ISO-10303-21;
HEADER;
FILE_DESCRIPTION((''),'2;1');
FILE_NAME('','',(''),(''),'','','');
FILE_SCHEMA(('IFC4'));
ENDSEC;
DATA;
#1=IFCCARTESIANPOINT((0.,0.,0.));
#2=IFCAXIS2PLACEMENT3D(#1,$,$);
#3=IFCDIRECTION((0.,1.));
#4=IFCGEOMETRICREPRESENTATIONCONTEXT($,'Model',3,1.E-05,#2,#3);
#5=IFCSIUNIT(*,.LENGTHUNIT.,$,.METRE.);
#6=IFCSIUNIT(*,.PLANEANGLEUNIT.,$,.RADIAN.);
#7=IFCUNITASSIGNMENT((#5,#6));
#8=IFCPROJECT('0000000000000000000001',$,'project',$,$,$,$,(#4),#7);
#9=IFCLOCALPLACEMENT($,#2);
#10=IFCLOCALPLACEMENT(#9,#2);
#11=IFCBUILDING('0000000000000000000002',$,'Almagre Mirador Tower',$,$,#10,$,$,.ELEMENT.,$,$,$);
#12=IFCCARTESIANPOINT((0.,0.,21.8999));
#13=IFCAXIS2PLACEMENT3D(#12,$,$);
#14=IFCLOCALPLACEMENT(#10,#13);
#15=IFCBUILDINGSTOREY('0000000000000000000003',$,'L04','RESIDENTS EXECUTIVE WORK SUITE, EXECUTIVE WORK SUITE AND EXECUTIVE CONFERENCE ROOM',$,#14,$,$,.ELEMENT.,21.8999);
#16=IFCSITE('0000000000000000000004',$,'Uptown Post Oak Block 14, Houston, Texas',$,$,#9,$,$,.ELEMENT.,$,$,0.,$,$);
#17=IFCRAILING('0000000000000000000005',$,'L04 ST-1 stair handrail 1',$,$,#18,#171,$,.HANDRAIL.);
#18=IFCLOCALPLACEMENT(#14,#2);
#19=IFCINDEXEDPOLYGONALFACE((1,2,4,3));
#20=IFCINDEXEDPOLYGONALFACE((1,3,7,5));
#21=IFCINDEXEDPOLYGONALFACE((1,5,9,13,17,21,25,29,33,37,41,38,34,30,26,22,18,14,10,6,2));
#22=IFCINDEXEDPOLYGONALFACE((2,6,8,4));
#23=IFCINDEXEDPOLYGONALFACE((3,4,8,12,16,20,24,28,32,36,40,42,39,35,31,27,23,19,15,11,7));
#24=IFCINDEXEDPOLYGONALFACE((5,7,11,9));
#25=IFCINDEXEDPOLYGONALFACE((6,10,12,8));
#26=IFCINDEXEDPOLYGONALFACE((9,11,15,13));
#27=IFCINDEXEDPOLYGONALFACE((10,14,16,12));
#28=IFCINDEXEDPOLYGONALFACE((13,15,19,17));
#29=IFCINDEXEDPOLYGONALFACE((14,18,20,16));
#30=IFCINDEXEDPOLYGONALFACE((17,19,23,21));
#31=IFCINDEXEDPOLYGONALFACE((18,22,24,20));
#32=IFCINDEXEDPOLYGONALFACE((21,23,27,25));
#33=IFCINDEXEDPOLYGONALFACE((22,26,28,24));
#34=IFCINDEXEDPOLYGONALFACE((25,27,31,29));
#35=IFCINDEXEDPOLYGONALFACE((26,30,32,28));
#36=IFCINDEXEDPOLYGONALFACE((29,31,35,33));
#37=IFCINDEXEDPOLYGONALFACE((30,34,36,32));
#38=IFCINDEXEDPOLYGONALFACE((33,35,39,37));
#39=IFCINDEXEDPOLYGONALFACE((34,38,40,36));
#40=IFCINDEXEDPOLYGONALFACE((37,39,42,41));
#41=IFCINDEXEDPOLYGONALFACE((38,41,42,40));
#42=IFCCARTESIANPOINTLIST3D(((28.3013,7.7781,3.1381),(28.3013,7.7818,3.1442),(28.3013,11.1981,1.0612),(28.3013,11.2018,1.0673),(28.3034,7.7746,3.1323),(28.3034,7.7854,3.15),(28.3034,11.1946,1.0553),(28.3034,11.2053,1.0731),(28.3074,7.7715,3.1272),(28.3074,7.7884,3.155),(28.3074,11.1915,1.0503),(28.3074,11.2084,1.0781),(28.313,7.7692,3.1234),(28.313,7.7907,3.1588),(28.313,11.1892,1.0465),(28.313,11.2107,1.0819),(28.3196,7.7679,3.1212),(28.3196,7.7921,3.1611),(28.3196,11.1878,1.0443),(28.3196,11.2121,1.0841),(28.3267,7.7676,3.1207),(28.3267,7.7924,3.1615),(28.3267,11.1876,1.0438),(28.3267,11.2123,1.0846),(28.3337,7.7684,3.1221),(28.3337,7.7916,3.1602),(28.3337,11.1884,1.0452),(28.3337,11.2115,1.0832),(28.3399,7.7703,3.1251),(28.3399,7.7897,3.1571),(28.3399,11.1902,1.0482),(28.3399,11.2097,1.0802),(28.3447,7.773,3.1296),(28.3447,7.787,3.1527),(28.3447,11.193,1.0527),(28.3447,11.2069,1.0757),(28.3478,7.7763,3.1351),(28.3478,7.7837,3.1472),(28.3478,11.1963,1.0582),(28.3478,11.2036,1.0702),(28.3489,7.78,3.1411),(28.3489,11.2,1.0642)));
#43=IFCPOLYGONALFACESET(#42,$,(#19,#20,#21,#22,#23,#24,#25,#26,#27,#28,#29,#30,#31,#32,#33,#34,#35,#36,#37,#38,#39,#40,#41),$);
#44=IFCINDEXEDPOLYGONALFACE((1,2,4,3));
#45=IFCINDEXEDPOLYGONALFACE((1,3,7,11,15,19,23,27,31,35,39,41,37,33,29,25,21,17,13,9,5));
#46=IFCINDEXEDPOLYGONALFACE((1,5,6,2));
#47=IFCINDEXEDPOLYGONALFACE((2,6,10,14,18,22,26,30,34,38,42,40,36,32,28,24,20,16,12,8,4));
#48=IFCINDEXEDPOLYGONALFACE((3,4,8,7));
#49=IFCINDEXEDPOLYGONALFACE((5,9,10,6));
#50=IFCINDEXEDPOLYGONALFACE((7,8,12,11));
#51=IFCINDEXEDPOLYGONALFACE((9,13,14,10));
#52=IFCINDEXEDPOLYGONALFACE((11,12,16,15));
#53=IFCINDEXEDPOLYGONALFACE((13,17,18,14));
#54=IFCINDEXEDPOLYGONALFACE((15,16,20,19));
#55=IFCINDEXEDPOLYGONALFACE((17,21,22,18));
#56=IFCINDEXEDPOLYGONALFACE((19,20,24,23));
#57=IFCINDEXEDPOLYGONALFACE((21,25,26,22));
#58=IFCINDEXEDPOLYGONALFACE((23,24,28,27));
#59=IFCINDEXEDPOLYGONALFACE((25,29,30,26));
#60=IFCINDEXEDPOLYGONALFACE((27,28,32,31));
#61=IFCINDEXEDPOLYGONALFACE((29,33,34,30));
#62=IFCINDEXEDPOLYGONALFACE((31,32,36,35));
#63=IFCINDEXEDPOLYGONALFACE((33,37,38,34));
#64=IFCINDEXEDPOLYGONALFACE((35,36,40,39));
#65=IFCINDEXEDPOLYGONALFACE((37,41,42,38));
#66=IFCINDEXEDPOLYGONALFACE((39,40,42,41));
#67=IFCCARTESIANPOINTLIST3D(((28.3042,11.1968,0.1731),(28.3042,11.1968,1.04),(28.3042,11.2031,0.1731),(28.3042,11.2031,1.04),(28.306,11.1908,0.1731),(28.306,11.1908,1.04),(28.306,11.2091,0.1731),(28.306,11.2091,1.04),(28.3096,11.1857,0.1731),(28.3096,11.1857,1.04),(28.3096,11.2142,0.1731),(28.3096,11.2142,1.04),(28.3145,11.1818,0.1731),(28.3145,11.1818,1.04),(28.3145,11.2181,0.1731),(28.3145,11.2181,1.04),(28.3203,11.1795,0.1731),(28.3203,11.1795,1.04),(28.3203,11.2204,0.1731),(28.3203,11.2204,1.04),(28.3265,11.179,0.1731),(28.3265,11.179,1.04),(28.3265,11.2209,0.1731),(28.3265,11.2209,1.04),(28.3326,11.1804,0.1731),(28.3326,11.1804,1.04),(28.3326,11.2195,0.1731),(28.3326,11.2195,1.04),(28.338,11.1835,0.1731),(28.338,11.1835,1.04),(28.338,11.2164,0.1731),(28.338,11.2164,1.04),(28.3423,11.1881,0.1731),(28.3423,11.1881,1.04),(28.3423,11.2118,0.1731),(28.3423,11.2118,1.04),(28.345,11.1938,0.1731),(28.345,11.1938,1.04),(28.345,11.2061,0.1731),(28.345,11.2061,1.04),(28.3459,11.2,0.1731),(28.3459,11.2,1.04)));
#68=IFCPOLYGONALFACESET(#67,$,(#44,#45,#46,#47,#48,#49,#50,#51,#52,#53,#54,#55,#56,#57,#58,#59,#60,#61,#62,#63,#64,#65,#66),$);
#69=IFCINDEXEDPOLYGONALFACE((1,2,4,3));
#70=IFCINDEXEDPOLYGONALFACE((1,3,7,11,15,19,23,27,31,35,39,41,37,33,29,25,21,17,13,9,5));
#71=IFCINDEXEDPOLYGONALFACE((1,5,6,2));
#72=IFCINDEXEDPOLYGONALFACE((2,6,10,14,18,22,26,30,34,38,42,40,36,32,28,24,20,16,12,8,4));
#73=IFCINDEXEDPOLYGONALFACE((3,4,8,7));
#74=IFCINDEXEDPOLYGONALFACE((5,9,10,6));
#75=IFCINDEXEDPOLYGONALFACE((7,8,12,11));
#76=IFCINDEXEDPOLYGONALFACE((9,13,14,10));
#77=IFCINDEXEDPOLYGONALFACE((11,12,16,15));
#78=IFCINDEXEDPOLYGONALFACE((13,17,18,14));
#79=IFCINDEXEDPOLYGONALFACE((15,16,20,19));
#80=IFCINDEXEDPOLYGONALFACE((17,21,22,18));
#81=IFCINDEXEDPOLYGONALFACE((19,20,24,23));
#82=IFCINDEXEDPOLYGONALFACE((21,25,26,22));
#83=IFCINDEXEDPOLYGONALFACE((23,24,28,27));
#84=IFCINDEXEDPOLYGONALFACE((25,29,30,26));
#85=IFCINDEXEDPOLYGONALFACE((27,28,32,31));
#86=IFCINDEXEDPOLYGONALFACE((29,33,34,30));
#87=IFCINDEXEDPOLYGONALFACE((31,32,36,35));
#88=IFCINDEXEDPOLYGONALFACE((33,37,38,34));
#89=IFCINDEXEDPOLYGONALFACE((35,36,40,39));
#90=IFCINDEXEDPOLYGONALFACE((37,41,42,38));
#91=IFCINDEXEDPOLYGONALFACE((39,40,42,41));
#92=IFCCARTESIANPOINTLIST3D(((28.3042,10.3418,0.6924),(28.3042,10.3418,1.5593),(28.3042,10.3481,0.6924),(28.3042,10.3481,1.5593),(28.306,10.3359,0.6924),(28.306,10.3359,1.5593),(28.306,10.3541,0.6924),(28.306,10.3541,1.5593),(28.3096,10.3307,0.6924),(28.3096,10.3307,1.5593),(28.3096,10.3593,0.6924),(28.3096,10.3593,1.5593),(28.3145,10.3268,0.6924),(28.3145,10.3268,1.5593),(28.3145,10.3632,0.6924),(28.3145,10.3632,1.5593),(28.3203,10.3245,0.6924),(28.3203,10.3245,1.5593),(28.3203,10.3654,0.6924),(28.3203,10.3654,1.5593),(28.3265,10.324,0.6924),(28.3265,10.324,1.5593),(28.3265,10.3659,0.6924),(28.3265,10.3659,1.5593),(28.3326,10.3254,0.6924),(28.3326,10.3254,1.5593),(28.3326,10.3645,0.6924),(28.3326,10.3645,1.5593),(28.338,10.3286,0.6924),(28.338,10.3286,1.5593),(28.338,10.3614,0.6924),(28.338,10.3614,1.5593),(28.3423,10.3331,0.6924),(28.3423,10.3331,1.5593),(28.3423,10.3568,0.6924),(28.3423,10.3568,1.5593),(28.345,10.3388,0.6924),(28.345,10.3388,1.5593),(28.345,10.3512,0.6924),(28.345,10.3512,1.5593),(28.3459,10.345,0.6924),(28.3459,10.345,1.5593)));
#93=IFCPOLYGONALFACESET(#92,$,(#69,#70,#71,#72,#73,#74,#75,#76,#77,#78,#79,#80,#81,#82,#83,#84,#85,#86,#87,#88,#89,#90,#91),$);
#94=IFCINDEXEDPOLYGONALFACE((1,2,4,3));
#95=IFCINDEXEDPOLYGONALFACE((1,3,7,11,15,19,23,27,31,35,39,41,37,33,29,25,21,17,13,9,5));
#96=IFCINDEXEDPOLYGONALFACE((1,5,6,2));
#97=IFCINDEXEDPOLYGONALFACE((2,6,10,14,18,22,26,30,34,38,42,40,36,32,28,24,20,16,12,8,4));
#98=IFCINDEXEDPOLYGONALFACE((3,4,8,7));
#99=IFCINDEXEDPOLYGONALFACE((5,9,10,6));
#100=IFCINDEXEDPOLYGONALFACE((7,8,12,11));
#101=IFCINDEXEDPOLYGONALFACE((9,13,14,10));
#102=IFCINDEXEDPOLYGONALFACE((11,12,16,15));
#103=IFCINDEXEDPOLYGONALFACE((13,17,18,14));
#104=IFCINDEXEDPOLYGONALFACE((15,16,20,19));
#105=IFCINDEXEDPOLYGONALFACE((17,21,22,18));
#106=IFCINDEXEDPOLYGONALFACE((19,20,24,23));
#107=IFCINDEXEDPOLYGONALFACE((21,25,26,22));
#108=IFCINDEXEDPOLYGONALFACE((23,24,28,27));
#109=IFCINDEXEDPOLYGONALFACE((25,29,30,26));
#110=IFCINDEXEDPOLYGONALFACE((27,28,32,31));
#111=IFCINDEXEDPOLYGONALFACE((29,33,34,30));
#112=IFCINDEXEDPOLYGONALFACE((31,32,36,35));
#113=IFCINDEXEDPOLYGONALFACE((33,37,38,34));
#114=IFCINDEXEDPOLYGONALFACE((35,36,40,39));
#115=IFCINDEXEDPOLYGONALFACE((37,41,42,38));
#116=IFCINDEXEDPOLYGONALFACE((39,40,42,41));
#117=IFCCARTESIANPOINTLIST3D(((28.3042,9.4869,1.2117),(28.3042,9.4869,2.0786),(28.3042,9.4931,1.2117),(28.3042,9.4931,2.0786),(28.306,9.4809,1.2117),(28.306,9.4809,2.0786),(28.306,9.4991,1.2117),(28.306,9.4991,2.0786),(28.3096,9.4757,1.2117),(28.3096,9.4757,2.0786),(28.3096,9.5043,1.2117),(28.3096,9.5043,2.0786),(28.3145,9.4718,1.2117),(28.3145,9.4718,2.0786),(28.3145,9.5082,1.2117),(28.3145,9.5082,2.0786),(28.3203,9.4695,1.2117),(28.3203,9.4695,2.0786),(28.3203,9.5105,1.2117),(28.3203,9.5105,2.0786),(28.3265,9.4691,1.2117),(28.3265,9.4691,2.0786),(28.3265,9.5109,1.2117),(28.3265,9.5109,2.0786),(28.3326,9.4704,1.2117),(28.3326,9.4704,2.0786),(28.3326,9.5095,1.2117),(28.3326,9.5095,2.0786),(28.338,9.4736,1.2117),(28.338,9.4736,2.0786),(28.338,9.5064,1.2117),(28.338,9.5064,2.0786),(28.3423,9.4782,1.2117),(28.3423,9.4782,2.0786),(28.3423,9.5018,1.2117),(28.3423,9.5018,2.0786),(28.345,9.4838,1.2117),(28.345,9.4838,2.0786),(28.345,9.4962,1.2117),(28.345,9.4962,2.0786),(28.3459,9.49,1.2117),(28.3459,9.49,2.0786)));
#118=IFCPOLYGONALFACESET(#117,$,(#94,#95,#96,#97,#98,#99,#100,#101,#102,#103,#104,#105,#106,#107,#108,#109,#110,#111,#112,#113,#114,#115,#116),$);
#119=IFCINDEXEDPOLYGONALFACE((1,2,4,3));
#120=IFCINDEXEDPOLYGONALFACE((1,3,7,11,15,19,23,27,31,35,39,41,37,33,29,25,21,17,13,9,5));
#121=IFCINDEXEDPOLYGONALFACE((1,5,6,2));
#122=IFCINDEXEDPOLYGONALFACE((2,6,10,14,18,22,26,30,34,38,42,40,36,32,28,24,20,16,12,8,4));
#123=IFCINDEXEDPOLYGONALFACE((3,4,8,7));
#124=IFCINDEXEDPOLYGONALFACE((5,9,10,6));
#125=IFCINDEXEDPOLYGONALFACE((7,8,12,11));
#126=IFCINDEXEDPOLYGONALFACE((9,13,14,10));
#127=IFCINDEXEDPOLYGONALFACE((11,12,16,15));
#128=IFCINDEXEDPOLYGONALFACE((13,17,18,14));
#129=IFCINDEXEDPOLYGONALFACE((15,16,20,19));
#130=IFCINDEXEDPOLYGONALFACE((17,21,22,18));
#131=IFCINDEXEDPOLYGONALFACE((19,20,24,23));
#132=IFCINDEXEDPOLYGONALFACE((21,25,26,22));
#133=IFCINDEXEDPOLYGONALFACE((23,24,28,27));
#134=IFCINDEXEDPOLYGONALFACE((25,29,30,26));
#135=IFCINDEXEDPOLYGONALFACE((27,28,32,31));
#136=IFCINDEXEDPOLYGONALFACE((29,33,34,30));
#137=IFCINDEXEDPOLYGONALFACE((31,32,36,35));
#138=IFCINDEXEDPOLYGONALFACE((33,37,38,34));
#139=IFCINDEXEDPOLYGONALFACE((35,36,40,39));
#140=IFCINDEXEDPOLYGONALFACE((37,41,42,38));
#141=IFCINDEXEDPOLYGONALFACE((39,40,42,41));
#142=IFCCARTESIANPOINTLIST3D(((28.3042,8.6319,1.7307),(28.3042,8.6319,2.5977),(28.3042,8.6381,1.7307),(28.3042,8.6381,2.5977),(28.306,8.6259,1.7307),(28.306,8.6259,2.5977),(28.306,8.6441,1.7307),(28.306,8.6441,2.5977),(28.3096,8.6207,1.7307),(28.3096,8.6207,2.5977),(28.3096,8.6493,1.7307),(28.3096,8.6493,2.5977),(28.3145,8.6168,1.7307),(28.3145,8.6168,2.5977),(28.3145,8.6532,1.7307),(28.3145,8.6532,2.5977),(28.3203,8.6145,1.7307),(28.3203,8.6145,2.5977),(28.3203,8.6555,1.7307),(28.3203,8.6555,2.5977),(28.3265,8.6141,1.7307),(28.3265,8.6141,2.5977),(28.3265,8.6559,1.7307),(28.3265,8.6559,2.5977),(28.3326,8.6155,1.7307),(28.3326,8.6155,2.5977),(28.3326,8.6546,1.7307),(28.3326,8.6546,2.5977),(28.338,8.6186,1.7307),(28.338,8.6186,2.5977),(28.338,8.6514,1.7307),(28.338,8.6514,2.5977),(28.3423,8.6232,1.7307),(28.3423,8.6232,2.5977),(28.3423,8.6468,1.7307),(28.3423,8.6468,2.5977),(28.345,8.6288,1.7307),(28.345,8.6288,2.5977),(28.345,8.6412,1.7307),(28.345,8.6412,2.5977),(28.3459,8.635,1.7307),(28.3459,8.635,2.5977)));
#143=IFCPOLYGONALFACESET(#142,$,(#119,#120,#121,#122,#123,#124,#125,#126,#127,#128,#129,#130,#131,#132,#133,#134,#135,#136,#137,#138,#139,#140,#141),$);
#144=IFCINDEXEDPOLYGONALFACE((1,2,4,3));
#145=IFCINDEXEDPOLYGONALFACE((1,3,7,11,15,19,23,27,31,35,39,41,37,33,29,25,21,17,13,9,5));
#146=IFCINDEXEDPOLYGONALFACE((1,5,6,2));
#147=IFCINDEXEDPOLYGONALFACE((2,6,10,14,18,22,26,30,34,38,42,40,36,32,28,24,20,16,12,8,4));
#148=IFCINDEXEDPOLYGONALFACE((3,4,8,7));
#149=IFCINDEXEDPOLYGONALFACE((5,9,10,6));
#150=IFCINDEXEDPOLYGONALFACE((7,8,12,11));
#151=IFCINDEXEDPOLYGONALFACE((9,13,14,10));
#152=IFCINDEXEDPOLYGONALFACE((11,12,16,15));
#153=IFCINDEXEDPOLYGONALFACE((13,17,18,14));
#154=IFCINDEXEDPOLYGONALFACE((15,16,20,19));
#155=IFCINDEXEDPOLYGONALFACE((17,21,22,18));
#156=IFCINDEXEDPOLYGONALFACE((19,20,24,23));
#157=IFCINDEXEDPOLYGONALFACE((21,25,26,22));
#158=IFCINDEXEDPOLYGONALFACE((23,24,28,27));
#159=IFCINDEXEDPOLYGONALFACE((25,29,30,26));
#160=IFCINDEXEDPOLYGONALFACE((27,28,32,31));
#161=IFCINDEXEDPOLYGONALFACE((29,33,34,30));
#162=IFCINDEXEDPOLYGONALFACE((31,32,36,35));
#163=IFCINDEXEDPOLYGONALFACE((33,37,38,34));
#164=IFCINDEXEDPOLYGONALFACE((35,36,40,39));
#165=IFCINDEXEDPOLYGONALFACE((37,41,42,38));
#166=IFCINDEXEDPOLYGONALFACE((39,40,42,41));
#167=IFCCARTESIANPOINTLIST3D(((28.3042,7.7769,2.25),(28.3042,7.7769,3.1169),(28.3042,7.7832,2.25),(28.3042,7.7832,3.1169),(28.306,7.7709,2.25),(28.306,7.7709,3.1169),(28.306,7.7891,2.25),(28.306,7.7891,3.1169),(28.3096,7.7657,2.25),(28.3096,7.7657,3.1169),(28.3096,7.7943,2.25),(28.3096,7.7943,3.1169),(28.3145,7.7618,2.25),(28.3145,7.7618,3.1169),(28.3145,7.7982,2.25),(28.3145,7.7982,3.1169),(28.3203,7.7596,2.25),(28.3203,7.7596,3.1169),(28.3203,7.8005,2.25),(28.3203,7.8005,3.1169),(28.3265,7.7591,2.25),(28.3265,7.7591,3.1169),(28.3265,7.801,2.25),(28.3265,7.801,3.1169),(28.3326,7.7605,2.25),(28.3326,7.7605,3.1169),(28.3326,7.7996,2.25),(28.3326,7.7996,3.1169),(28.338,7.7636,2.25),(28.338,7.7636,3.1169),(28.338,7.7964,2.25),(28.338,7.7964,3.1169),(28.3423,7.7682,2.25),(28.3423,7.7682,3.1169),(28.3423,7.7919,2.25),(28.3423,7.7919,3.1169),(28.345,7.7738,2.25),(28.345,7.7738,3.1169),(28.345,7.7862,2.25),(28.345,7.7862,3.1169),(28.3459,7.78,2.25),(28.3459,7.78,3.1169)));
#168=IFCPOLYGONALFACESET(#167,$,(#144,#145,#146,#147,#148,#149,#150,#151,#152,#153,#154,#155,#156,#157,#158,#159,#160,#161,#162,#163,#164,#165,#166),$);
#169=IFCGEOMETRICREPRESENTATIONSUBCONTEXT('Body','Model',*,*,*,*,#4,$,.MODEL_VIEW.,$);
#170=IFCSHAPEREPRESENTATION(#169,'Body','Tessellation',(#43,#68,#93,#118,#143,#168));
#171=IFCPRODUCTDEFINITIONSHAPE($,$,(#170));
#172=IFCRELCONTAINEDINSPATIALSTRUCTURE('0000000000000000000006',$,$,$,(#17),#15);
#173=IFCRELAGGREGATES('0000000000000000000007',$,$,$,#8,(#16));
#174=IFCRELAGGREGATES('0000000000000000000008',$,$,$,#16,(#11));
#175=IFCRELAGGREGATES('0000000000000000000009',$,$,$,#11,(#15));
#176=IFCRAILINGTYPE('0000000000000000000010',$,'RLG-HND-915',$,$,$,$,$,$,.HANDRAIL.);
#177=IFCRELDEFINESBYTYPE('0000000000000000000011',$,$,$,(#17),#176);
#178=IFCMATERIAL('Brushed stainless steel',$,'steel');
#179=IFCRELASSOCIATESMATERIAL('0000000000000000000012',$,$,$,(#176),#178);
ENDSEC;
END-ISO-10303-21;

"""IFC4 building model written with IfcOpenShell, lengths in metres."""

from ifc_helpers import new_model, si_unit, direction, frame, origin, origin_2d, place, context, subcontext, project, spatial, circle, extrude, material, type_object, element, save


model = new_model("IFC4")

# Units and contexts
model_context = context("Model", 3, precision=1e-05, world=origin(), true_north=direction((0.0, 1.0)))
body_context = subcontext(model_context, "Body", "Model", "MODEL_VIEW")
ifc_project = project(units=[si_unit("LENGTHUNIT", "METRE"), si_unit("PLANEANGLEUNIT", "RADIAN")], contexts=[model_context])

# Site, building, storey
site_placement = place(None, origin())
site = spatial("IfcSite", under=ifc_project, at=site_placement, Name="Uptown Post Oak Block 14, Houston, Texas", CompositionType="ELEMENT", RefElevation=0.0)
building_placement = place(site_placement, origin())
building = spatial("IfcBuilding", under=site, at=building_placement, Name="Almagre Mirador Tower", CompositionType="ELEMENT")
storey_placement = place(building_placement, frame((0.0, 0.0, 21.8999)))
storey = spatial("IfcBuildingStorey", under=building, at=storey_placement, Name="L04", Description="RESIDENTS EXECUTIVE WORK SUITE, EXECUTIVE WORK SUITE AND EXECUTIVE CONFERENCE ROOM", CompositionType="ELEMENT", Elevation=21.8999)

# Railing
ifc_material_1 = material(Name="Brushed stainless steel", Category="steel")
railing_type_1 = type_object("IfcRailingType", Name="RLG-HND-915", PredefinedType="HANDRAIL", material=ifc_material_1)
railing_1_placement = place(storey_placement, frame((28.325, 11.2, 0.1731)))
element("IfcRailing", 1, at=railing_1_placement, inside=storey, type_object=railing_type_1, Name="L04 ST-1 stair handrail 1", PredefinedType="HANDRAIL", context=body_context, shape_type="SweptSolid", body=[
    extrude(circle(Radius=0.0239, at=origin_2d()), frame((0.0, 0.0, 0.8911), z_axis=(0.0, -0.85473, 0.519074), x_axis=(1.0, 0.0, 0.0)), (0.0, 0.0, 1.0), 4.0012),
    extrude(circle(Radius=0.021, at=origin_2d()), origin(), (0.0, 0.0, 1.0), 0.8669),
    extrude(circle(Radius=0.021, at=origin_2d()), frame((0.0, -0.855, 0.5193)), (0.0, 0.0, 1.0), 0.8669),
    extrude(circle(Radius=0.021, at=origin_2d()), frame((0.0, -1.71, 1.0386)), (0.0, 0.0, 1.0), 0.8669),
    extrude(circle(Radius=0.021, at=origin_2d()), frame((0.0, -2.5649, 1.5576)), (0.0, 0.0, 1.0), 0.8669),
    extrude(circle(Radius=0.021, at=origin_2d()), frame((0.0, -3.4199, 2.0769)), (0.0, 0.0, 1.0), 0.8669),
])

save(model, "model.ifc")
